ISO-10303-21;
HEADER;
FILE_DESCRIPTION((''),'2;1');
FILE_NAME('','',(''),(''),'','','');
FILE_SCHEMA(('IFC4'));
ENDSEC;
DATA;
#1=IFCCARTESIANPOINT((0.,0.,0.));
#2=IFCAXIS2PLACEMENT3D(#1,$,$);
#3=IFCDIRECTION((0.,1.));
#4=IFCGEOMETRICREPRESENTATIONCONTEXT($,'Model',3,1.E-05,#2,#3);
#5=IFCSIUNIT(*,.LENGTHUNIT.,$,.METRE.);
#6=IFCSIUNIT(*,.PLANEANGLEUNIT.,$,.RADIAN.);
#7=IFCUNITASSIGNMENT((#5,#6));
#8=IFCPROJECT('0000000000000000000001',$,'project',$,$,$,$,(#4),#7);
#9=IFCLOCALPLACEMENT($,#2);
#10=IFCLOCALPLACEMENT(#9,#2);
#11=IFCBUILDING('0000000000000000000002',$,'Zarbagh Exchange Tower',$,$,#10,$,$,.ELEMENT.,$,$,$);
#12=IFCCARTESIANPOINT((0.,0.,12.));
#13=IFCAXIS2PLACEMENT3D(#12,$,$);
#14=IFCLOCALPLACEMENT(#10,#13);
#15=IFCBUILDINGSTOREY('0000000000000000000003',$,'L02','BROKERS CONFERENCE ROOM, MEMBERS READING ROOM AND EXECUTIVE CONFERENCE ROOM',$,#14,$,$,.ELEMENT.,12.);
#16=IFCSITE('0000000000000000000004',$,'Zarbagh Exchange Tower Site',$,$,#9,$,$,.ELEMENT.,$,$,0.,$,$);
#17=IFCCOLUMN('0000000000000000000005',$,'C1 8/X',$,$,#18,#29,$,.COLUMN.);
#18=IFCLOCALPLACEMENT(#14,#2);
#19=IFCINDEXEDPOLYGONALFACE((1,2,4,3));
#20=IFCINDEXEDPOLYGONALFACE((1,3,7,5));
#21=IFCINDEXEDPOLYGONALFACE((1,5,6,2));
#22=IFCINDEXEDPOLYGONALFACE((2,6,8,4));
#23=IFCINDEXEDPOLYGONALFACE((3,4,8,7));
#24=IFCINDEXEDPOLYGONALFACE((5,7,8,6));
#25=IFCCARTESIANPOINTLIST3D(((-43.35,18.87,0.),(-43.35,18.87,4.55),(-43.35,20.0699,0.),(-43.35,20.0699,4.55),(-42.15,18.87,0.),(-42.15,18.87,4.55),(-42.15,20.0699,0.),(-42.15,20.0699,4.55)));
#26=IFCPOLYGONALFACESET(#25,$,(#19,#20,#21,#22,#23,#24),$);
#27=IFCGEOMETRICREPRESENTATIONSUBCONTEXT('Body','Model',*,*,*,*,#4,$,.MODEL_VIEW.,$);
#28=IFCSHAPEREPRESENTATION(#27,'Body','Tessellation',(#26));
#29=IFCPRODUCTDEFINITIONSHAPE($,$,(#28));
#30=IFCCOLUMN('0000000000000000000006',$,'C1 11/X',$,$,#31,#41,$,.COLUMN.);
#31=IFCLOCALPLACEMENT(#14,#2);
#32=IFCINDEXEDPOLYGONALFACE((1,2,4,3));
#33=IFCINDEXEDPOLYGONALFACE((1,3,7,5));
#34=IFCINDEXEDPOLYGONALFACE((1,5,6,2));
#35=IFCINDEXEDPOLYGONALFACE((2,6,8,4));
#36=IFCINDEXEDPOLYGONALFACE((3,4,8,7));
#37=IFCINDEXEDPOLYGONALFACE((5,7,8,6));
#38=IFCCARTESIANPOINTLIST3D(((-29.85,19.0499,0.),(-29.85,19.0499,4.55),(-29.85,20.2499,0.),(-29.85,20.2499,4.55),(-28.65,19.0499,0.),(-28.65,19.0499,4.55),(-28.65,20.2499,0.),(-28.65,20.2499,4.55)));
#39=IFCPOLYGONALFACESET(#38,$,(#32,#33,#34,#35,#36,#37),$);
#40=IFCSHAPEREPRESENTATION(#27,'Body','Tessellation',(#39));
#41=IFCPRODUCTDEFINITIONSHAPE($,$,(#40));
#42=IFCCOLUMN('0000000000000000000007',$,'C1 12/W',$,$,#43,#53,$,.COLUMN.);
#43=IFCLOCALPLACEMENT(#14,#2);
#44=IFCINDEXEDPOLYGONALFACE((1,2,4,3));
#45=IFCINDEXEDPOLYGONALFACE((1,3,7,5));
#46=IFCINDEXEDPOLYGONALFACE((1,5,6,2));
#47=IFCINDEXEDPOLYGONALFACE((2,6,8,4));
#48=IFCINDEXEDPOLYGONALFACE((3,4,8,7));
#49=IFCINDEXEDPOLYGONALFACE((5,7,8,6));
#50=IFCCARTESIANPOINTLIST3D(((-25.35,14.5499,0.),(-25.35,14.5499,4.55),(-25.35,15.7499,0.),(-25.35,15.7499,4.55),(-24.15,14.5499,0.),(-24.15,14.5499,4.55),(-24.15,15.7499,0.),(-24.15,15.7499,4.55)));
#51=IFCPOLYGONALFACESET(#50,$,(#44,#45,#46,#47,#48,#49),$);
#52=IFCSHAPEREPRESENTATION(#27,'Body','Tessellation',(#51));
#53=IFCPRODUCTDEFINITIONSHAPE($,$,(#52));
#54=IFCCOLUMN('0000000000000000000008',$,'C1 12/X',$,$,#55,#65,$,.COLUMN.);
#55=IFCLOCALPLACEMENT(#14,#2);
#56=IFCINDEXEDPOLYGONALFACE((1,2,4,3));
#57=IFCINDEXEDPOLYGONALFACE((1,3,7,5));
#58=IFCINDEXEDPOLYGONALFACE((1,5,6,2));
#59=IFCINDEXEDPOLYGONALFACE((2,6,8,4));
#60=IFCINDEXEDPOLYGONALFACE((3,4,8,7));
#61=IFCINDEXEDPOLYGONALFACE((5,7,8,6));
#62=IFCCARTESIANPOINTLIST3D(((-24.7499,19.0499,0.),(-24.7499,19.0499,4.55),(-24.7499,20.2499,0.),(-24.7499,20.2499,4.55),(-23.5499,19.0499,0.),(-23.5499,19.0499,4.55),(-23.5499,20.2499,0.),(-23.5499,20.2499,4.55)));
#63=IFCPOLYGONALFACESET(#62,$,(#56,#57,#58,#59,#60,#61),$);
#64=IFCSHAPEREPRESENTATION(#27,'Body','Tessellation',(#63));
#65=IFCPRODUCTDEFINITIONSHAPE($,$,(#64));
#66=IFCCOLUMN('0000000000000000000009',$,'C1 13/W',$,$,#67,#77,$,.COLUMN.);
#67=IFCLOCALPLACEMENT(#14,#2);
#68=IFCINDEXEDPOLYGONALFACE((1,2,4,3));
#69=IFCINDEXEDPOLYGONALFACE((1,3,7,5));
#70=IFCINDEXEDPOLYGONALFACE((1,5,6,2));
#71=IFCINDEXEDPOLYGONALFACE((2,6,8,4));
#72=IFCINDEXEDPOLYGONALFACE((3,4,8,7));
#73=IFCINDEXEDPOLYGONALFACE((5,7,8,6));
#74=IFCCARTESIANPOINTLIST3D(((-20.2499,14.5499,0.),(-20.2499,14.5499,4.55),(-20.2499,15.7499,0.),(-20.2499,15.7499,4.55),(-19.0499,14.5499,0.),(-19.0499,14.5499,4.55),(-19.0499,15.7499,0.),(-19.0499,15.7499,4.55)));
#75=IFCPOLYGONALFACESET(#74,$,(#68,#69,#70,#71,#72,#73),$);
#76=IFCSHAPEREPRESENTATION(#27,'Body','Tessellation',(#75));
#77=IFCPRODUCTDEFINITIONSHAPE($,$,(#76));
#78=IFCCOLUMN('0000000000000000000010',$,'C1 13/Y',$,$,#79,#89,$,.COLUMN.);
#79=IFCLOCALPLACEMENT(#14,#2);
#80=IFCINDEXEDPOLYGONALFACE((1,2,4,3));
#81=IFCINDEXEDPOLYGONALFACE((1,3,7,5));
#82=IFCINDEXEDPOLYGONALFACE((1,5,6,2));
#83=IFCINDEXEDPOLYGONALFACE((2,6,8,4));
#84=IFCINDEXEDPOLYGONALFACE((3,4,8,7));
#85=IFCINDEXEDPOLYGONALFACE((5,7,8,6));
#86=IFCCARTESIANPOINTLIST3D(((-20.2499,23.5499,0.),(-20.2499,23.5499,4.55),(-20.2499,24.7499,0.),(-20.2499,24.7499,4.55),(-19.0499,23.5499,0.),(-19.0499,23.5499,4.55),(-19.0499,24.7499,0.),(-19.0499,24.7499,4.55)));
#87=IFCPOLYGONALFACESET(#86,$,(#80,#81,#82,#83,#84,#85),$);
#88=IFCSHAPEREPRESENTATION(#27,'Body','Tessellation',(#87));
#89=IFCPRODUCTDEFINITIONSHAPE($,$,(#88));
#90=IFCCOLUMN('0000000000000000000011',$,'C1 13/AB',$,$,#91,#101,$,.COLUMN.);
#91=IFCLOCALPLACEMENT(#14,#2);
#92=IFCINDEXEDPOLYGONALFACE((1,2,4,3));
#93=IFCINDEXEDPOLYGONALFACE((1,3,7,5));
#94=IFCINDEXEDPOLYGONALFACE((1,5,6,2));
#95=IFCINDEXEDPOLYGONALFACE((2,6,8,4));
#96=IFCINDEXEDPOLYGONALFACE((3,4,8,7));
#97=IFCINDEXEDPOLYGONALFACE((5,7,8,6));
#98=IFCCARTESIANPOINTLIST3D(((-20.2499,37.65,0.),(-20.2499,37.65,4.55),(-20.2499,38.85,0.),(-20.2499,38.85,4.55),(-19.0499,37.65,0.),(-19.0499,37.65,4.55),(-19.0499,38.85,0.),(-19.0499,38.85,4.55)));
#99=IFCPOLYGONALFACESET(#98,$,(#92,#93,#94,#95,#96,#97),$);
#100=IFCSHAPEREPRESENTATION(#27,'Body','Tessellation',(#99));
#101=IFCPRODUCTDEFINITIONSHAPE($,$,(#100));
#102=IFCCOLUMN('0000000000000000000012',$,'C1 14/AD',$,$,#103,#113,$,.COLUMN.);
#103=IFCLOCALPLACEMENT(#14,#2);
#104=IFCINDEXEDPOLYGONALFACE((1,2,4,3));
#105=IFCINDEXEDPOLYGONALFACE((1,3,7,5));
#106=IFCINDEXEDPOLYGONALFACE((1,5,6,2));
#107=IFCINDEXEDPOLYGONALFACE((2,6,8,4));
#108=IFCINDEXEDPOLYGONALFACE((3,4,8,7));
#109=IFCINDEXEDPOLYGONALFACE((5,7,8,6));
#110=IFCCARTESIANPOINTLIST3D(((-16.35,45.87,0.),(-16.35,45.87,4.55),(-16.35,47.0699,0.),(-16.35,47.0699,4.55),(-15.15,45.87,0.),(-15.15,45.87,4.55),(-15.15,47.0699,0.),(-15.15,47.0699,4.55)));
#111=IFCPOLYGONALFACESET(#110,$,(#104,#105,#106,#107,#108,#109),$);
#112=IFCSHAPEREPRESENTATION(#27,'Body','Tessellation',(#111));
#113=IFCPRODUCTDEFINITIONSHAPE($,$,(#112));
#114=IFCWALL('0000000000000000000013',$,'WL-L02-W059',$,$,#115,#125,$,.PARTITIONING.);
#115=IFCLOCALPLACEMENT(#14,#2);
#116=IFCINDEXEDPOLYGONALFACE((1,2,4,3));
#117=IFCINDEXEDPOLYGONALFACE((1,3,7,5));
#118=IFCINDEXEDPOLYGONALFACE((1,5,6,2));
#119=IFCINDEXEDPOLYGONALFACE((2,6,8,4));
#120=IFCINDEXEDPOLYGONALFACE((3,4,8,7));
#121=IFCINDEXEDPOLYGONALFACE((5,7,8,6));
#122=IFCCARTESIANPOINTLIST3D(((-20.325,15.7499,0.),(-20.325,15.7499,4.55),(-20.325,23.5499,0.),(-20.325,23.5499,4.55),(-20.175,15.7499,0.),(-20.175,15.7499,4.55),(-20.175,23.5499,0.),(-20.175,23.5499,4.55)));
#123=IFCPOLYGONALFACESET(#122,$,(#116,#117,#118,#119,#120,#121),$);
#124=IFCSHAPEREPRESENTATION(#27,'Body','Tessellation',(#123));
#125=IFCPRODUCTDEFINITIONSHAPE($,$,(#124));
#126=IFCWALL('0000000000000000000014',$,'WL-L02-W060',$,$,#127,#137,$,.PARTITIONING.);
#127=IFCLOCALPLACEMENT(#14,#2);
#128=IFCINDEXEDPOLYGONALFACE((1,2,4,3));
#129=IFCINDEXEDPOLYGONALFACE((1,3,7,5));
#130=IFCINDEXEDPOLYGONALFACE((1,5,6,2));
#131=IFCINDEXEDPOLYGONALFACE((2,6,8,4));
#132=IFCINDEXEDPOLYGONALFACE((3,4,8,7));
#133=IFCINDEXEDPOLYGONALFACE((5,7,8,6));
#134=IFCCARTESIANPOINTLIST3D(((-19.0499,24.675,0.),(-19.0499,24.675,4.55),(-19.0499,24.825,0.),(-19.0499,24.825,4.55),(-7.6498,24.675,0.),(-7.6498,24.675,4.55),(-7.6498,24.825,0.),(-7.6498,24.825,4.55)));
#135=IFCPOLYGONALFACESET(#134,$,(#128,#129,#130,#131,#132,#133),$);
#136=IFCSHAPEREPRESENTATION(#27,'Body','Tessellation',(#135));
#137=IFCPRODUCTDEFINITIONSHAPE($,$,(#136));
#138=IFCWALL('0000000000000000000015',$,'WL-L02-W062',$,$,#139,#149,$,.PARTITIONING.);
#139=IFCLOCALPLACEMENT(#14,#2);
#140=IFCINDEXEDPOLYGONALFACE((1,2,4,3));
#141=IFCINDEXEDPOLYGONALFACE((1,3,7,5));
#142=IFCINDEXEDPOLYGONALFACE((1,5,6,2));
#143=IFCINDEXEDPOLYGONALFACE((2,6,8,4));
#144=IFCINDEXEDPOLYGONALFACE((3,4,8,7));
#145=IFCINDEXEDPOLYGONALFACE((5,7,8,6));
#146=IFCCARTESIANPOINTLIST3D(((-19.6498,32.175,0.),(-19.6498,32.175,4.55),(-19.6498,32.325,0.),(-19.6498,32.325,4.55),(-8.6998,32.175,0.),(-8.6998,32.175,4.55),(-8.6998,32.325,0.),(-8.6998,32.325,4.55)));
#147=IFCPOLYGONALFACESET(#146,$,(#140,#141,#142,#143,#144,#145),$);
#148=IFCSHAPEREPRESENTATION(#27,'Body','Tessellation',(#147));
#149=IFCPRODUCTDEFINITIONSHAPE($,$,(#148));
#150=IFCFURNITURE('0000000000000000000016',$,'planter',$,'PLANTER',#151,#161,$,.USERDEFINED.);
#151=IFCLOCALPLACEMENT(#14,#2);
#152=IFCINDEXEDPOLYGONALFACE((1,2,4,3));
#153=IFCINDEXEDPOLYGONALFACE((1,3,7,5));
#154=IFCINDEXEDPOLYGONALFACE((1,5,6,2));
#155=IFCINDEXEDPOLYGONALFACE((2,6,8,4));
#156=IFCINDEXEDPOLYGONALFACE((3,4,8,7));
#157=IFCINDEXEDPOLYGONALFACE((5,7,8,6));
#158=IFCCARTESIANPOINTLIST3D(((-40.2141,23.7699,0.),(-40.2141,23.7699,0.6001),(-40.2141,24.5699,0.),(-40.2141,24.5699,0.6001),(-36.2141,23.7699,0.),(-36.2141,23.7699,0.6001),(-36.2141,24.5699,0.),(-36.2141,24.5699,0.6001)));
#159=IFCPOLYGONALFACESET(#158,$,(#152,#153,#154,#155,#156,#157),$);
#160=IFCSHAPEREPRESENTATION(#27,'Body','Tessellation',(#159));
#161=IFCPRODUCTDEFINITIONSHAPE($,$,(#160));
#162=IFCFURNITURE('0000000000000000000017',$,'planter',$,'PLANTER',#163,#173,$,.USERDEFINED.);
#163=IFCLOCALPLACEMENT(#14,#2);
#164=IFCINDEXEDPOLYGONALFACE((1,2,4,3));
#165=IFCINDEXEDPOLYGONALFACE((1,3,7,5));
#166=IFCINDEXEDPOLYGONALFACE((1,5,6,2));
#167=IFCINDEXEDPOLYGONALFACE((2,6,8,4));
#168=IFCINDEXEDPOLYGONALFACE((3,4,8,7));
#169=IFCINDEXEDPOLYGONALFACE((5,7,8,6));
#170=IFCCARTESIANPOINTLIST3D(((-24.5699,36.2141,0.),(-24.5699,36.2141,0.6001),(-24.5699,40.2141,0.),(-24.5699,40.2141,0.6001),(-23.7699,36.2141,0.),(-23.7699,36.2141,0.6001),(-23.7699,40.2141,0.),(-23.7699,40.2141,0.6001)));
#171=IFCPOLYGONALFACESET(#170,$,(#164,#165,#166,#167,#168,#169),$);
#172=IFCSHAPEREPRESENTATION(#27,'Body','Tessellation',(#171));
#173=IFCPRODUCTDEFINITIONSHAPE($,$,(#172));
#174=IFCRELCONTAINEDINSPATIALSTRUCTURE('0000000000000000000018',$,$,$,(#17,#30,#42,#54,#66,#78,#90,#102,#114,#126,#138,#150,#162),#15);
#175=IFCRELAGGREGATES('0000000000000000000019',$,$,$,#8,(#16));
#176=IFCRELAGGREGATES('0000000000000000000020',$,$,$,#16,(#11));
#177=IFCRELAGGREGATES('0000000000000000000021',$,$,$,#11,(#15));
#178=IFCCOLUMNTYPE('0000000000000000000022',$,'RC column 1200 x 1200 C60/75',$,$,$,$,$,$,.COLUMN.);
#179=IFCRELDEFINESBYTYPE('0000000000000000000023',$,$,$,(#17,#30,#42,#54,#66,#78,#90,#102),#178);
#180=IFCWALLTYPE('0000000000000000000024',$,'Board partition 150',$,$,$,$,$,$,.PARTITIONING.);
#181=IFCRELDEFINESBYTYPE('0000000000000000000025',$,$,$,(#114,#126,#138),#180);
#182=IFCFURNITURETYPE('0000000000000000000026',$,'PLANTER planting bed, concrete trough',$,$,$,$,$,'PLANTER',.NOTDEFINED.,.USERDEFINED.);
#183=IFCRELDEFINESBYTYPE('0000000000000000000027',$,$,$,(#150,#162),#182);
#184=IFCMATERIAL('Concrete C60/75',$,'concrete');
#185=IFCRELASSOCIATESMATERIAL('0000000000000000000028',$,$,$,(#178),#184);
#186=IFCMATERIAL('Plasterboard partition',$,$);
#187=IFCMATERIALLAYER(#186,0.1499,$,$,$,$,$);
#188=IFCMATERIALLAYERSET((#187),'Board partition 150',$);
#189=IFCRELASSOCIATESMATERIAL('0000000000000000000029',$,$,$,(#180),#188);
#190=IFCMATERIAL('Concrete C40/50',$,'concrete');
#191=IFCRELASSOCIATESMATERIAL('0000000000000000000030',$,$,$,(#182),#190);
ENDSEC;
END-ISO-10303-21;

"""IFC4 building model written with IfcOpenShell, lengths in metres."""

from ifc_helpers import new_model, si_unit, direction, frame, frame_2d, origin, origin_2d, place, context, subcontext, project, spatial, rectangle, extrude, material, layer, layer_set, material_profile, profile_set, type_object, element, save


model = new_model("IFC4")

# Units and contexts
model_context = context("Model", 3, precision=1e-05, world=origin(), true_north=direction((0.0, 1.0)))
body_context = subcontext(model_context, "Body", "Model", "MODEL_VIEW")
ifc_project = project(units=[si_unit("LENGTHUNIT", "METRE"), si_unit("PLANEANGLEUNIT", "RADIAN")], contexts=[model_context])

# Site, building, storey
site_placement = place(None, origin())
site = spatial("IfcSite", under=ifc_project, at=site_placement, Name="Zarbagh Exchange Tower Site", CompositionType="ELEMENT", RefElevation=0.0)
building_placement = place(site_placement, origin())
building = spatial("IfcBuilding", under=site, at=building_placement, Name="Zarbagh Exchange Tower", CompositionType="ELEMENT")
storey_placement = place(building_placement, frame((0.0, 0.0, 12.0)))
storey = spatial("IfcBuildingStorey", under=building, at=storey_placement, Name="L02", Description="BROKERS CONFERENCE ROOM, MEMBERS READING ROOM AND EXECUTIVE CONFERENCE ROOM", CompositionType="ELEMENT", Elevation=12.0)

# Columns
ifc_material_1 = material(Name="Concrete C60/75", Category="concrete")
ifc_material_profile = material_profile(ifc_material_1, rectangle(XDim=1.2, YDim=1.2, at=origin_2d()), Name="RC column 1200 x 1200 C60/75")
ifc_profile_set = profile_set([ifc_material_profile], Name="Concrete C60/75")
column_type = type_object("IfcColumnType", Name="RC column 1200 x 1200 C60/75", PredefinedType="COLUMN", material=ifc_profile_set)
for number, where, z_axis, x_axis, name in (
    (1, (-42.75, 19.47, 0.0), (0.0, 0.0, 1.0), (1.0, 0.0, 0.0), "C1 8/X"),
    (2, (-29.25, 19.6499, 0.0), (0.0, 0.0, 1.0), (1.0, 0.0, 0.0), "C1 11/X"),
    (3, (-24.75, 15.1499, 0.0), (0.0, 0.0, 1.0), (1.0, 0.0, 0.0), "C1 12/W"),
    (4, (-24.1499, 19.6499, 0.0), (0.0, 0.0, 1.0), (1.0, 0.0, 0.0), "C1 12/X"),
    (5, (-19.6499, 15.1499, 0.0), (0.0, 0.0, 1.0), (1.0, 0.0, 0.0), "C1 13/W"),
    (6, (-19.6499, 24.1499, 0.0), (0.0, 0.0, 1.0), (1.0, 0.0, 0.0), "C1 13/Y"),
    (7, (-19.6499, 38.25, 0.0), (0.0, 0.0, 1.0), (1.0, 0.0, 0.0), "C1 13/AB"),
    (8, (-15.75, 46.47, 0.0), (0.0, 0.0, 1.0), (1.0, 0.0, 0.0), "C1 14/AD"),
):
    element("IfcColumn", number, at=place(storey_placement, frame(where, z_axis=z_axis, x_axis=x_axis)), inside=storey, type_object=column_type, Name=name, PredefinedType="COLUMN", context=body_context, shape_type="SweptSolid", body=[
        extrude(rectangle(XDim=1.2, YDim=1.2, at=origin_2d()), origin(), (0.0, 0.0, 1.0), 4.55),
    ])

# Walls
ifc_material_2 = material(Name="Plasterboard partition")
ifc_layer_1 = layer(ifc_material_2, 0.1499)
ifc_layer_set_1 = layer_set([ifc_layer_1], Name="Board partition 150")
wall_type_1 = type_object("IfcWallType", Name="Board partition 150", PredefinedType="PARTITIONING", material=ifc_layer_set_1)
wall_1_placement = place(storey_placement, frame((-20.25, 15.75, 0.0), z_axis=(0.0, 0.0, 1.0), x_axis=(0.0, 1.0, 0.0)))
element("IfcWall", 9, at=wall_1_placement, inside=storey, type_object=wall_type_1, Name="WL-L02-W059", PredefinedType="PARTITIONING", context=body_context, shape_type="SweptSolid", body=[
    extrude(rectangle(XDim=7.8, YDim=0.1499, at=frame_2d((3.8999, 0.0))), origin(), (0.0, 0.0, 1.0), 4.55),
])
wall_2_placement = place(storey_placement, frame((-19.05, 24.75, 0.0), z_axis=(0.0, 0.0, 1.0), x_axis=(1.0, 0.0, 0.0)))
element("IfcWall", 10, at=wall_2_placement, inside=storey, type_object=wall_type_1, Name="WL-L02-W060", PredefinedType="PARTITIONING", context=body_context, shape_type="SweptSolid", body=[
    extrude(rectangle(XDim=11.4001, YDim=0.1499, at=frame_2d((5.7002, 0.0))), origin(), (0.0, 0.0, 1.0), 4.55),
])
wall_3_placement = place(storey_placement, frame((-19.6499, 32.25, 0.0), z_axis=(0.0, 0.0, 1.0), x_axis=(1.0, 0.0, 0.0)))
element("IfcWall", 11, at=wall_3_placement, inside=storey, type_object=wall_type_1, Name="WL-L02-W062", PredefinedType="PARTITIONING", context=body_context, shape_type="SweptSolid", body=[
    extrude(rectangle(XDim=10.95, YDim=0.1499, at=frame_2d((5.4751, 0.0))), origin(), (0.0, 0.0, 1.0), 4.55),
])

# Furniture
ifc_material_3 = material(Name="Concrete C40/50", Category="concrete")
furniture_type = type_object("IfcFurnitureType", Name="PLANTER planting bed, concrete trough", ElementType="PLANTER", AssemblyPlace="NOTDEFINED", PredefinedType="USERDEFINED", material=ifc_material_3)
for number, where, z_axis, x_axis, name in (
    (12, (-38.2141, 24.1699, 0.0), (0.0, 0.0, 1.0), (1.0, 0.0, 0.0), "planter"),
    (13, (-24.1699, 38.2141, 0.0), (0.0, 0.0, 1.0), (0.0, 1.0, 0.0), "planter"),
):
    element("IfcFurniture", number, at=place(storey_placement, frame(where, z_axis=z_axis, x_axis=x_axis)), inside=storey, type_object=furniture_type, Name=name, ObjectType="PLANTER", PredefinedType="USERDEFINED", context=body_context, shape_type="SweptSolid", body=[
        extrude(rectangle(XDim=4.0, YDim=0.8, at=origin_2d()), origin(), (0.0, 0.0, 1.0), 0.6001),
    ])

save(model, "model.ifc")
